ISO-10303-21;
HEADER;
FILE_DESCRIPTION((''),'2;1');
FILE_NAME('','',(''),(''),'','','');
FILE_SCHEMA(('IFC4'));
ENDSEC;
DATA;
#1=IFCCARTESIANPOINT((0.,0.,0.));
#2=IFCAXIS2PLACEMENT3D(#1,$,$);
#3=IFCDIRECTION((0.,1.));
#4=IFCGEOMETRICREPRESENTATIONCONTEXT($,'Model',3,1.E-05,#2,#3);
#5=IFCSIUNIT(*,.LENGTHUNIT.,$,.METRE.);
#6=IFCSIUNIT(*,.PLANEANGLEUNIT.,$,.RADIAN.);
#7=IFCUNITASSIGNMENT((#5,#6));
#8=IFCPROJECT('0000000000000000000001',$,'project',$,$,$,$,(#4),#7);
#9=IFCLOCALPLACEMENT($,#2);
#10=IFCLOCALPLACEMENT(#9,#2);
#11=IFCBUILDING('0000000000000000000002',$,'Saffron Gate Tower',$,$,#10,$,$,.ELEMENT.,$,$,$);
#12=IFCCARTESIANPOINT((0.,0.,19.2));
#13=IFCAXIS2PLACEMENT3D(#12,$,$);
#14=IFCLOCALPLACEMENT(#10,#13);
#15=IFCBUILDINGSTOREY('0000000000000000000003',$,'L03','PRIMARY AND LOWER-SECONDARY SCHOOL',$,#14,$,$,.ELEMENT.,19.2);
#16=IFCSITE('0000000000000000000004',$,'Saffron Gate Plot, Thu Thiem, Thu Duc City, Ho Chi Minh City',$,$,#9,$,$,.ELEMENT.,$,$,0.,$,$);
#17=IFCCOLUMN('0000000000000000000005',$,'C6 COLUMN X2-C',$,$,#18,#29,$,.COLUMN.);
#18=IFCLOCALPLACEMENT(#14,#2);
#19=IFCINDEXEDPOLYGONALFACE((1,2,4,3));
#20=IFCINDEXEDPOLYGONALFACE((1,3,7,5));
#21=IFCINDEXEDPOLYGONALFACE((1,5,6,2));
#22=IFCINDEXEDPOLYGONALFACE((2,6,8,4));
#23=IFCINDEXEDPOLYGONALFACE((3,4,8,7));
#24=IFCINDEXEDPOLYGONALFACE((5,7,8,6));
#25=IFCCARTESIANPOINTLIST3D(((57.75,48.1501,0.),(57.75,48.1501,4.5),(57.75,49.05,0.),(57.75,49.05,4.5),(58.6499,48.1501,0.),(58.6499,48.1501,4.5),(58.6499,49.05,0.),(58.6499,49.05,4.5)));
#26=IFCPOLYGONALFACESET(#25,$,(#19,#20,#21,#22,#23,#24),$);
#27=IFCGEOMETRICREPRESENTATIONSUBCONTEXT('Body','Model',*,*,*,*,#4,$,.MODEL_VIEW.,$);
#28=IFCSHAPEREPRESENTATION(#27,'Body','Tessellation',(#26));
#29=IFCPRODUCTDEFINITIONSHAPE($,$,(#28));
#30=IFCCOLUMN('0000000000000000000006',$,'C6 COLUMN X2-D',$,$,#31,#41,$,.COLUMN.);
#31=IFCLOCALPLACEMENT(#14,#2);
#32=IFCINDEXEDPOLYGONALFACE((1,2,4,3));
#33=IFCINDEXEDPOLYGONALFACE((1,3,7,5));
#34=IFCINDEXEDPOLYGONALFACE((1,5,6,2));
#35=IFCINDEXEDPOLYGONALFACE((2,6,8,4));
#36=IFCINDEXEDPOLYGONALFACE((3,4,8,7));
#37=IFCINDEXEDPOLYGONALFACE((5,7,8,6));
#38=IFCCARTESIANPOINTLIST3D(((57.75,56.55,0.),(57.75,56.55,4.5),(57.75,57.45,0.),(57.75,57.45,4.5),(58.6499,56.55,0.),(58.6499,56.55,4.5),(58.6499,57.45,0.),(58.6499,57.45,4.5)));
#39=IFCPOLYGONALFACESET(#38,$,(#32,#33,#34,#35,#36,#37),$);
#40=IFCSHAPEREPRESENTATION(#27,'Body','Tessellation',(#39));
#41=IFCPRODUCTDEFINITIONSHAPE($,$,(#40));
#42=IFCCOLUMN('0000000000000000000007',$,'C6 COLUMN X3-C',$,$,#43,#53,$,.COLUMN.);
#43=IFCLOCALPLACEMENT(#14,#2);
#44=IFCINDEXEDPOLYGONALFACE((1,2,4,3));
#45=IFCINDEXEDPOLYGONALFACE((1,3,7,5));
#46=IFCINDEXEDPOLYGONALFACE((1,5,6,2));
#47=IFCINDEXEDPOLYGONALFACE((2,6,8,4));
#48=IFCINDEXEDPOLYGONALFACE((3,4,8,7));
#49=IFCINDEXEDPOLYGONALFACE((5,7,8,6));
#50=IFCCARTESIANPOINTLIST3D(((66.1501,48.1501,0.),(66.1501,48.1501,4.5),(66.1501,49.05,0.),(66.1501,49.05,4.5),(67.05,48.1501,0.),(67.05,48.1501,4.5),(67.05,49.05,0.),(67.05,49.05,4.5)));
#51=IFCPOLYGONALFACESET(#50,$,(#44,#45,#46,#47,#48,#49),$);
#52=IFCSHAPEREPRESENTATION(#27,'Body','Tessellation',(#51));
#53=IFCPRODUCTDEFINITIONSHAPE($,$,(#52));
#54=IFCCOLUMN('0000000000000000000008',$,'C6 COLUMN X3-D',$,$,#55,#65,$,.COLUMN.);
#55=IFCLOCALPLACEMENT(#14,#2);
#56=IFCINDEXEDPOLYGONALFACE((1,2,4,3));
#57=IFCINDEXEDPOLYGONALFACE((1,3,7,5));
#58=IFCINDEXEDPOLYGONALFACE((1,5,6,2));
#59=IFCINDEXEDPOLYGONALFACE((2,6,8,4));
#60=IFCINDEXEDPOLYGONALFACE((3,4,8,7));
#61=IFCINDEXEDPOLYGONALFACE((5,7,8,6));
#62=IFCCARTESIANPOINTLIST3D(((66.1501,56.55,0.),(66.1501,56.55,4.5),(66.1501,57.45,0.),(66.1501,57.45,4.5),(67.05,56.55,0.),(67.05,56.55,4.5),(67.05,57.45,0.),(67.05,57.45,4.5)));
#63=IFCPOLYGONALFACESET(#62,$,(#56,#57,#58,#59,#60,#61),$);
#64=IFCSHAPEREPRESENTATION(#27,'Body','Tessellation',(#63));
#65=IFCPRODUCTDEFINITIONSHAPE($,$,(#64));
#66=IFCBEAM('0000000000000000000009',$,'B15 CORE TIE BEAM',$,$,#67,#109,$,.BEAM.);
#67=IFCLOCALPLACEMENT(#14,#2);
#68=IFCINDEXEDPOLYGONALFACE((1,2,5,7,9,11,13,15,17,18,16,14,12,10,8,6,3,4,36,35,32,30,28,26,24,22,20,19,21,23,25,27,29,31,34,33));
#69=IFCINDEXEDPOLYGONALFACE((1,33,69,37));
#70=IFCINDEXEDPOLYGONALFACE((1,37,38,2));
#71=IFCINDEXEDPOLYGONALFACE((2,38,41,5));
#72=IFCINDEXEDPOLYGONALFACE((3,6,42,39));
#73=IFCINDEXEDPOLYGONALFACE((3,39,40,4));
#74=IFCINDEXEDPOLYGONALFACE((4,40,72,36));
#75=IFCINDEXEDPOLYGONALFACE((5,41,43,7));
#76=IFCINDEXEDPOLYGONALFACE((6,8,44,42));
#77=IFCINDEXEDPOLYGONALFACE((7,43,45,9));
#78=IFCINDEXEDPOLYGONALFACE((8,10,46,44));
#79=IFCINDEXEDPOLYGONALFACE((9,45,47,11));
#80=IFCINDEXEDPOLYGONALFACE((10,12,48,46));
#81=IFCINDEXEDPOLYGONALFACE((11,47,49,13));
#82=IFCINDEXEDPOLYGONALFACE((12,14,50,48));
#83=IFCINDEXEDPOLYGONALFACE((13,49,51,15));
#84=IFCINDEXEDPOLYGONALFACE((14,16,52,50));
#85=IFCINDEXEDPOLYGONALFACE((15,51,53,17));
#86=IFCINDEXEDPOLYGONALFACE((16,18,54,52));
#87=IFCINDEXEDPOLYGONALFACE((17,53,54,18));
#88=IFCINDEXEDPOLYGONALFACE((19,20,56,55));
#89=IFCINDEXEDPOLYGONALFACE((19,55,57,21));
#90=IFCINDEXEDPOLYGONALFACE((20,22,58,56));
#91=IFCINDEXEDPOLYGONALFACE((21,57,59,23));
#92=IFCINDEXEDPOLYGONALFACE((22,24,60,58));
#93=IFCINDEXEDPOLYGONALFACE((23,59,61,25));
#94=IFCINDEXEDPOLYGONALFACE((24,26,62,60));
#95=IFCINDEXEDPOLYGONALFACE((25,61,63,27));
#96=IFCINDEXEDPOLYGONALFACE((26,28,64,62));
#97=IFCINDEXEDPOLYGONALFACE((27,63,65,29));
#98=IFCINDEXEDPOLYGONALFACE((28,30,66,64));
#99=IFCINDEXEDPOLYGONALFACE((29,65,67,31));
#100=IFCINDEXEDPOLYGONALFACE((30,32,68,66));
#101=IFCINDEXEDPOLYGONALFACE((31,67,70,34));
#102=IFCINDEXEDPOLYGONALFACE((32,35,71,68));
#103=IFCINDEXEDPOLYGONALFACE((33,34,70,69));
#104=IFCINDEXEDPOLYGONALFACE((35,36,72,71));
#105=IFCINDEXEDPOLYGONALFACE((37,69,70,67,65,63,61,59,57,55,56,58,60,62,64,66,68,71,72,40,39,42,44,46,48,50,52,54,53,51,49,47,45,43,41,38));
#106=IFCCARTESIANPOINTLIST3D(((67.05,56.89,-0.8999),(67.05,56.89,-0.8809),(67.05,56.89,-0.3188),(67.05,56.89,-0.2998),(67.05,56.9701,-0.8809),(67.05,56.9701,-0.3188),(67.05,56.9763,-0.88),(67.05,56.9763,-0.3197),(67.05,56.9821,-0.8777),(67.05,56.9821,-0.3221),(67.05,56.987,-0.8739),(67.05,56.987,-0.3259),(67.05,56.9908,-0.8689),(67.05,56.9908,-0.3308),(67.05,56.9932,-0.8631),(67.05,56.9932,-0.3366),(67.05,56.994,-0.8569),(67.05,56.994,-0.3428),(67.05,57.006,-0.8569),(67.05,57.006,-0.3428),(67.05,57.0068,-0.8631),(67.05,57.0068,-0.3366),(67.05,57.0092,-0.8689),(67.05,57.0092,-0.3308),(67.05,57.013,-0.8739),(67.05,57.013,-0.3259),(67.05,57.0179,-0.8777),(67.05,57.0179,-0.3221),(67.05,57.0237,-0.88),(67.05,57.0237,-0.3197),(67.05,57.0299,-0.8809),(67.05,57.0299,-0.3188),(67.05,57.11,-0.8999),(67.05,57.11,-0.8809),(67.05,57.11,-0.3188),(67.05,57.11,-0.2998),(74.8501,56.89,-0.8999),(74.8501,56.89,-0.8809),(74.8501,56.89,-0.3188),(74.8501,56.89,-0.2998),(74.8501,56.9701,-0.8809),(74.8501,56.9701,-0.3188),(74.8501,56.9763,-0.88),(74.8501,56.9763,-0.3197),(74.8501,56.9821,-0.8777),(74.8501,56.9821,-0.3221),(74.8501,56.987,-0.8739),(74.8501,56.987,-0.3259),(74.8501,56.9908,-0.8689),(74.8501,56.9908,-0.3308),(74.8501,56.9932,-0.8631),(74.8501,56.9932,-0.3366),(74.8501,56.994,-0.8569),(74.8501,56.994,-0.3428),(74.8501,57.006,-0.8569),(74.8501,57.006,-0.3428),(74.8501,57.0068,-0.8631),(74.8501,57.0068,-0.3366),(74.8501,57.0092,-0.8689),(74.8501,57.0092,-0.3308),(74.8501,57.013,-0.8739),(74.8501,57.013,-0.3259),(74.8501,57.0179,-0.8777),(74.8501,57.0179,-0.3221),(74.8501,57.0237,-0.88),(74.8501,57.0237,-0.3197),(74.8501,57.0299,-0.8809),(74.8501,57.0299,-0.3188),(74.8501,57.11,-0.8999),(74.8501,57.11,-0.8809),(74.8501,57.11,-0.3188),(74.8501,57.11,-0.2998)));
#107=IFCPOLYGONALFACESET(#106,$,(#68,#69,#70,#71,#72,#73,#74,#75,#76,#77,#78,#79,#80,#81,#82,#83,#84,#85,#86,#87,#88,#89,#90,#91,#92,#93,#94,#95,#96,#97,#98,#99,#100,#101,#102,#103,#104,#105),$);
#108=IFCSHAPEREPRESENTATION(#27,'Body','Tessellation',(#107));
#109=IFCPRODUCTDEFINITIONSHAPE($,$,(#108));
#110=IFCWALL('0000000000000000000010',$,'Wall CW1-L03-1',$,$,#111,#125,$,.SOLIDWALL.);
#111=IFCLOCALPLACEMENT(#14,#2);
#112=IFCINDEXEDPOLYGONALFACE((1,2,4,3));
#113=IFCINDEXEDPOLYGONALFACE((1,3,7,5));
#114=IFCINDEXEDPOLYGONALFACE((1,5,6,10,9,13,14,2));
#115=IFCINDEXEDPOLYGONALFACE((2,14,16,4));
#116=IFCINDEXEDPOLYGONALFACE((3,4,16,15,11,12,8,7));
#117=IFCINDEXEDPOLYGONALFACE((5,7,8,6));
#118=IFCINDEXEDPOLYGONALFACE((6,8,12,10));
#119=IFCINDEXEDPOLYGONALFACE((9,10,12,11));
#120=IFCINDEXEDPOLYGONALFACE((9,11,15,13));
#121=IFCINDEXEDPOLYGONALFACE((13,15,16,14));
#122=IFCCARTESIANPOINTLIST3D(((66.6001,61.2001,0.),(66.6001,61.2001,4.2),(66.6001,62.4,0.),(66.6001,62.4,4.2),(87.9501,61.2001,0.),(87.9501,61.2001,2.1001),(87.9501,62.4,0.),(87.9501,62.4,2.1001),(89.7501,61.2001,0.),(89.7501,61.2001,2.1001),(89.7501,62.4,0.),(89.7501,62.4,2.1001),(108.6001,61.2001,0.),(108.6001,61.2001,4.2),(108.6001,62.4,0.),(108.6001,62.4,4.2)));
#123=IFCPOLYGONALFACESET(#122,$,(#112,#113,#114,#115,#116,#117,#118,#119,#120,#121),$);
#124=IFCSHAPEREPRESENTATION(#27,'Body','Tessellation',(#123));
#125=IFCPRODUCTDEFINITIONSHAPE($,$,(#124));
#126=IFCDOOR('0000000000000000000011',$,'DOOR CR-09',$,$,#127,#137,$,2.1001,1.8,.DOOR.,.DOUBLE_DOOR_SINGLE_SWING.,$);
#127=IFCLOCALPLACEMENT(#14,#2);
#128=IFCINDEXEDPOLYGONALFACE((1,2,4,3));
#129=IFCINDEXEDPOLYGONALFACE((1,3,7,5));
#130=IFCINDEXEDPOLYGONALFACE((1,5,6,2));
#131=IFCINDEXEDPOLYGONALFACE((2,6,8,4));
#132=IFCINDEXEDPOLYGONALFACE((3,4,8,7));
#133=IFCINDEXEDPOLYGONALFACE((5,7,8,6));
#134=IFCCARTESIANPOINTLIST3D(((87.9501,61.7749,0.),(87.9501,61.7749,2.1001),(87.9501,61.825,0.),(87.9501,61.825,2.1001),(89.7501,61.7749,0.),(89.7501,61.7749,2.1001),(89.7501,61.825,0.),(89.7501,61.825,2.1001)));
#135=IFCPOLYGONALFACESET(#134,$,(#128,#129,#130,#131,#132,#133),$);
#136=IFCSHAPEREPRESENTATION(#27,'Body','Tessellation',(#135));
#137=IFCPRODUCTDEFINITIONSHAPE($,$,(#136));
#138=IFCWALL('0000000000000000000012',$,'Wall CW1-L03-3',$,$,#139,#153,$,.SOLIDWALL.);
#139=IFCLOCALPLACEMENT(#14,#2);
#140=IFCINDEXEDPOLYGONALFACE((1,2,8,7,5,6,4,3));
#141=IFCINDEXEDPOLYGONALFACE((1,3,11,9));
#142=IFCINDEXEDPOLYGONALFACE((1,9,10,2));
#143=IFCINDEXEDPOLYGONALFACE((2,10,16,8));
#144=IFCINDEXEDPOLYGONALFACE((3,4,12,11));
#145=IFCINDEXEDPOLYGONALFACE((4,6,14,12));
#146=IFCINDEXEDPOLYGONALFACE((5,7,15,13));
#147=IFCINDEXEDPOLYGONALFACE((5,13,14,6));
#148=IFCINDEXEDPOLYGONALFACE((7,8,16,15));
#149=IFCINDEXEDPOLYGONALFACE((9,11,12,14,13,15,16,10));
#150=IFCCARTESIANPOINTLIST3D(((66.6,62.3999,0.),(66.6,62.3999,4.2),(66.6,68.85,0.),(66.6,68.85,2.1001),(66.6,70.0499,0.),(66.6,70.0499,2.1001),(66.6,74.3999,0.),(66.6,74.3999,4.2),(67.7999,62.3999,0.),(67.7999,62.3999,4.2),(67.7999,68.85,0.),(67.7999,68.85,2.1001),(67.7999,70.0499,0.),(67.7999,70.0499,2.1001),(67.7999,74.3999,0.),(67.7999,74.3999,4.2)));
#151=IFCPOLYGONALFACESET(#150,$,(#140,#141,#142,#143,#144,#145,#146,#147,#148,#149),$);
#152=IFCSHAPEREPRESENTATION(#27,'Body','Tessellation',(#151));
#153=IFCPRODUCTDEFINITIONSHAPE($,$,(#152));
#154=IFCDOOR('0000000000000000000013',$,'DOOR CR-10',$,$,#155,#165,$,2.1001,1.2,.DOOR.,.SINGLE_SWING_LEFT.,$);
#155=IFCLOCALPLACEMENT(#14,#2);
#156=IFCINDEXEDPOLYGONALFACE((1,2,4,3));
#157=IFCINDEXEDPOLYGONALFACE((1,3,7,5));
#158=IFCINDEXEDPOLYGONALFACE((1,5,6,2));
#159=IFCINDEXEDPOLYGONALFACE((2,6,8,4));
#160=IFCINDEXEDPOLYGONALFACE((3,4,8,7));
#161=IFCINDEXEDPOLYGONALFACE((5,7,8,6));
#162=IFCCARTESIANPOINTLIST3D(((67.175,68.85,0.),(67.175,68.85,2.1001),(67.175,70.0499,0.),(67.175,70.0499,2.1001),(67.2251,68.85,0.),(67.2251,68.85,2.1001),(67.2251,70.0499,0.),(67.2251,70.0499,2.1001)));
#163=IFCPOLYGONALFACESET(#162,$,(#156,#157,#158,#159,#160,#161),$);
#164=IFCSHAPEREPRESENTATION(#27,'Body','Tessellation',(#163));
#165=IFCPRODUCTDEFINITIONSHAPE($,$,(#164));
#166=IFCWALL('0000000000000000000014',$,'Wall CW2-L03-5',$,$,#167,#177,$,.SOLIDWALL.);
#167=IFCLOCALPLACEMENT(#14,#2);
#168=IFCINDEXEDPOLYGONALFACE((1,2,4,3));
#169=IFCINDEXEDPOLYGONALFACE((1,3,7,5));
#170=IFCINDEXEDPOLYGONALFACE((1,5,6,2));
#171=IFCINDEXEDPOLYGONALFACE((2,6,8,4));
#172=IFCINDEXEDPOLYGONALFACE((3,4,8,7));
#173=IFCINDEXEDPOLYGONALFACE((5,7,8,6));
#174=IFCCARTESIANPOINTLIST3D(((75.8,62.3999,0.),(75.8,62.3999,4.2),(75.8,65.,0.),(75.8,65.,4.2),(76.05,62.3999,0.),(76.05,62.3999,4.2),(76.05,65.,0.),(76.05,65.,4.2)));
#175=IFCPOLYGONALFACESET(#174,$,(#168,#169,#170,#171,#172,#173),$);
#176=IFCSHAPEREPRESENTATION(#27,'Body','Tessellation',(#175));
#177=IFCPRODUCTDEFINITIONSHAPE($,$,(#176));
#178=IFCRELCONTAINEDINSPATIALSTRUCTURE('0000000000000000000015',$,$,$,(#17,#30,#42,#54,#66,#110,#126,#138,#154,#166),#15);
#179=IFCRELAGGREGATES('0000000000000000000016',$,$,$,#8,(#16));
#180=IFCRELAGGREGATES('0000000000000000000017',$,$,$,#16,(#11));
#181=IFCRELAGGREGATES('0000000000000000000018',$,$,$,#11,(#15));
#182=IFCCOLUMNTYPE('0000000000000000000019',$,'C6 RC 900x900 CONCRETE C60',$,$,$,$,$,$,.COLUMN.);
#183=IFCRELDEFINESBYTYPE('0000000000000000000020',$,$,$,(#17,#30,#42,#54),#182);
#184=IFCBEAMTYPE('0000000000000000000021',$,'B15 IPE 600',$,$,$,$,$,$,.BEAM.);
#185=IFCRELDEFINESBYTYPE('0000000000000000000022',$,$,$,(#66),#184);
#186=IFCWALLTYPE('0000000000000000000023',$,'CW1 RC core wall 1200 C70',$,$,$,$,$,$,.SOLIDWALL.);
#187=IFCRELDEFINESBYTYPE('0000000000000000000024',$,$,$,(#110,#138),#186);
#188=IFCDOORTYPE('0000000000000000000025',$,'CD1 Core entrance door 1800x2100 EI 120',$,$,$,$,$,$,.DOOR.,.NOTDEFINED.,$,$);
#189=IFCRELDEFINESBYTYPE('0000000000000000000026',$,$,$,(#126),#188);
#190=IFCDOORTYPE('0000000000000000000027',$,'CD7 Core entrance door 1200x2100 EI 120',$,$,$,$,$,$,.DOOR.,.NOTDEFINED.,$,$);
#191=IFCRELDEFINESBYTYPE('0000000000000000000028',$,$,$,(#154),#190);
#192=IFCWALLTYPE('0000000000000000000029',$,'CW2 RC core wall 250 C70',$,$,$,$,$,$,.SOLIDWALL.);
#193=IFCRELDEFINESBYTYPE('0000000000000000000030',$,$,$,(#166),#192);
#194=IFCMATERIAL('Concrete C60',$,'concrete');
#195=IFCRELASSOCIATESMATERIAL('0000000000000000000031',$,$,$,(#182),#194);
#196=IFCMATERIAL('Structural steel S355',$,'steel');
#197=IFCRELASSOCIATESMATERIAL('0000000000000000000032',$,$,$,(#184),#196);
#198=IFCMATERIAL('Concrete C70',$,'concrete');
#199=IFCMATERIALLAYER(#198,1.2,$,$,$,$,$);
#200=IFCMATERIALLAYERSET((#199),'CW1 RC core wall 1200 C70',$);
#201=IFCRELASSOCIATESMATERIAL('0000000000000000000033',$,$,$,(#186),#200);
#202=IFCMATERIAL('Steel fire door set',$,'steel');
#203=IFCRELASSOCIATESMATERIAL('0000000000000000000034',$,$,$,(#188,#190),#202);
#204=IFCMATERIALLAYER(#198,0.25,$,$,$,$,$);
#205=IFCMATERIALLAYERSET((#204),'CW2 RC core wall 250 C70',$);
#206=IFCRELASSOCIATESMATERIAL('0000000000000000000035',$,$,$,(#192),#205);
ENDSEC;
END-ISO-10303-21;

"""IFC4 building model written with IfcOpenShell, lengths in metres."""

from ifc_helpers import new_model, si_unit, direction, frame, frame_2d, origin, origin_2d, place, context, subcontext, project, spatial, rectangle, i_section, extrude, material, layer, layer_set, material_profile, profile_set, type_object, element, fill, save


model = new_model("IFC4")

# Units and contexts
model_context = context("Model", 3, precision=1e-05, world=origin(), true_north=direction((0.0, 1.0)))
body_context = subcontext(model_context, "Body", "Model", "MODEL_VIEW")
ifc_project = project(units=[si_unit("LENGTHUNIT", "METRE"), si_unit("PLANEANGLEUNIT", "RADIAN")], contexts=[model_context])

# Site, building, storey
site_placement = place(None, origin())
site = spatial("IfcSite", under=ifc_project, at=site_placement, Name="Saffron Gate Plot, Thu Thiem, Thu Duc City, Ho Chi Minh City", CompositionType="ELEMENT", RefElevation=0.0)
building_placement = place(site_placement, origin())
building = spatial("IfcBuilding", under=site, at=building_placement, Name="Saffron Gate Tower", CompositionType="ELEMENT")
storey_placement = place(building_placement, frame((0.0, 0.0, 19.2)))
storey = spatial("IfcBuildingStorey", under=building, at=storey_placement, Name="L03", Description="PRIMARY AND LOWER-SECONDARY SCHOOL", CompositionType="ELEMENT", Elevation=19.2)

# Columns
ifc_material_1 = material(Name="Concrete C60", Category="concrete")
ifc_material_profile_1 = material_profile(ifc_material_1, rectangle(XDim=0.8999, YDim=0.8999, at=origin_2d()))
ifc_profile_set_1 = profile_set([ifc_material_profile_1], Name="Concrete C60")
column_type = type_object("IfcColumnType", Name="C6 RC 900x900 CONCRETE C60", PredefinedType="COLUMN", material=ifc_profile_set_1)
for number, where, z_axis, x_axis, name in (
    (1, (58.2, 48.6001, 0.0), (0.0, 0.0, 1.0), (1.0, 0.0, 0.0), "C6 COLUMN X2-C"),
    (2, (58.2, 57.0, 0.0), (0.0, 0.0, 1.0), (1.0, 0.0, 0.0), "C6 COLUMN X2-D"),
    (3, (66.6001, 48.6001, 0.0), (0.0, 0.0, 1.0), (1.0, 0.0, 0.0), "C6 COLUMN X3-C"),
    (4, (66.6001, 57.0, 0.0), (0.0, 0.0, 1.0), (1.0, 0.0, 0.0), "C6 COLUMN X3-D"),
):
    element("IfcColumn", number, at=place(storey_placement, frame(where, z_axis=z_axis, x_axis=x_axis)), inside=storey, type_object=column_type, Name=name, PredefinedType="COLUMN", context=body_context, shape_type="SweptSolid", body=[
        extrude(rectangle(XDim=0.8999, YDim=0.8999, at=origin_2d()), origin(), (0.0, 0.0, 1.0), 4.5),
    ])

# Beam
ifc_material_2 = material(Name="Structural steel S355", Category="steel")
ifc_material_profile_2 = material_profile(ifc_material_2, i_section(OverallWidth=0.22, OverallDepth=0.6001, WebThickness=0.012, FlangeThickness=0.019, FilletRadius=0.0239, at=origin_2d()))
ifc_profile_set_2 = profile_set([ifc_material_profile_2], Name="Structural steel S355")
beam_type = type_object("IfcBeamType", Name="B15 IPE 600", PredefinedType="BEAM", material=ifc_profile_set_2)
beam_placement = place(storey_placement, frame((67.05, 57.0, -0.5999), z_axis=(1.0, 0.0, 0.0), x_axis=(0.0, 1.0, 0.0)))
element("IfcBeam", 5, at=beam_placement, inside=storey, type_object=beam_type, Name="B15 CORE TIE BEAM", PredefinedType="BEAM", context=body_context, shape_type="SweptSolid", body=[
    extrude(i_section(OverallWidth=0.22, OverallDepth=0.6001, WebThickness=0.012, FlangeThickness=0.019, FilletRadius=0.0239, at=origin_2d()), origin(), (0.0, 0.0, 1.0), 7.8),
])

# Walls, openings, doors
ifc_material_3 = material(Name="Concrete C70", Category="concrete")
ifc_layer_1 = layer(ifc_material_3, 1.2)
ifc_layer_set_1 = layer_set([ifc_layer_1], Name="CW1 RC core wall 1200 C70")
wall_type_1 = type_object("IfcWallType", Name="CW1 RC core wall 1200 C70", PredefinedType="SOLIDWALL", material=ifc_layer_set_1)
wall_1_placement = place(storey_placement, frame((66.6001, 61.8, 0.0), z_axis=(0.0, 0.0, 1.0), x_axis=(1.0, 0.0, 0.0)))
wall_1 = element("IfcWall", 6, at=wall_1_placement, inside=storey, type_object=wall_type_1, Name="Wall CW1-L03-1", PredefinedType="SOLIDWALL", context=body_context, shape_type="SweptSolid", body=[
    extrude(rectangle(XDim=42.0, YDim=1.2, at=frame_2d((21.0, 0.0))), origin(), (0.0, 0.0, 1.0), 4.2),
])
opening_1_placement = place(wall_1_placement, frame((21.3501, 0.0, 0.0)))
opening_1 = element("IfcOpeningElement", 7, at=opening_1_placement, cuts=wall_1, PredefinedType="OPENING", context=body_context, shape_type="SweptSolid", body=[
    extrude(rectangle(XDim=1.8, YDim=2.1001, at=frame_2d((0.8999, 1.05))), frame((0.0, 0.6099, 0.0), z_axis=(0.0, -1.0, 0.0), x_axis=(1.0, 0.0, 0.0)), (0.0, 0.0, 1.0), 1.22),
])
ifc_material_4 = material(Name="Steel fire door set", Category="steel")
door_type_1 = type_object("IfcDoorType", Name="CD1 Core entrance door 1800x2100 EI 120", OperationType="NOTDEFINED", PredefinedType="DOOR", material=ifc_material_4)
door_1_placement = place(opening_1_placement, origin())
door_1 = element("IfcDoor", 8, at=door_1_placement, inside=storey, type_object=door_type_1, Name="DOOR CR-09", OperationType="DOUBLE_DOOR_SINGLE_SWING", OverallHeight=2.1001, OverallWidth=1.8, PredefinedType="DOOR", context=body_context, shape_type="SweptSolid", body=[
    extrude(rectangle(XDim=1.8, YDim=2.1001, at=frame_2d((0.8999, 1.05))), frame((0.0, 0.0249, 0.0), z_axis=(0.0, -1.0, 0.0), x_axis=(1.0, 0.0, 0.0)), (0.0, 0.0, 1.0), 0.05),
])
fill(opening_1, door_1)
wall_2_placement = place(storey_placement, frame((67.2, 62.3999, 0.0), z_axis=(0.0, 0.0, 1.0), x_axis=(0.0, 1.0, 0.0)))
wall_2 = element("IfcWall", 9, at=wall_2_placement, inside=storey, type_object=wall_type_1, Name="Wall CW1-L03-3", PredefinedType="SOLIDWALL", context=body_context, shape_type="SweptSolid", body=[
    extrude(rectangle(XDim=12.0, YDim=1.2, at=frame_2d((6.0, 0.0))), origin(), (0.0, 0.0, 1.0), 4.2),
])
opening_2_placement = place(wall_2_placement, frame((6.45, 0.0, 0.0)))
opening_2 = element("IfcOpeningElement", 10, at=opening_2_placement, cuts=wall_2, PredefinedType="OPENING", context=body_context, shape_type="SweptSolid", body=[
    extrude(rectangle(XDim=1.2, YDim=2.1001, at=frame_2d((0.6001, 1.05))), frame((0.0, 0.6099, 0.0), z_axis=(0.0, -1.0, 0.0), x_axis=(1.0, 0.0, 0.0)), (0.0, 0.0, 1.0), 1.22),
])
door_type_2 = type_object("IfcDoorType", Name="CD7 Core entrance door 1200x2100 EI 120", OperationType="NOTDEFINED", PredefinedType="DOOR", material=ifc_material_4)
door_2_placement = place(opening_2_placement, origin())
door_2 = element("IfcDoor", 11, at=door_2_placement, inside=storey, type_object=door_type_2, Name="DOOR CR-10", OperationType="SINGLE_SWING_LEFT", OverallHeight=2.1001, OverallWidth=1.2, PredefinedType="DOOR", context=body_context, shape_type="SweptSolid", body=[
    extrude(rectangle(XDim=1.2, YDim=2.1001, at=frame_2d((0.6001, 1.05))), frame((0.0, 0.0249, 0.0), z_axis=(0.0, -1.0, 0.0), x_axis=(1.0, 0.0, 0.0)), (0.0, 0.0, 1.0), 0.05),
])
fill(opening_2, door_2)

# Wall
ifc_layer_2 = layer(ifc_material_3, 0.25)
ifc_layer_set_2 = layer_set([ifc_layer_2], Name="CW2 RC core wall 250 C70")
wall_type_2 = type_object("IfcWallType", Name="CW2 RC core wall 250 C70", PredefinedType="SOLIDWALL", material=ifc_layer_set_2)
wall_3_placement = place(storey_placement, frame((75.925, 62.3999, 0.0), z_axis=(0.0, 0.0, 1.0), x_axis=(0.0, 1.0, 0.0)))
element("IfcWall", 12, at=wall_3_placement, inside=storey, type_object=wall_type_2, Name="Wall CW2-L03-5", PredefinedType="SOLIDWALL", context=body_context, shape_type="SweptSolid", body=[
    extrude(rectangle(XDim=2.6001, YDim=0.25, at=frame_2d((1.3, 0.0))), origin(), (0.0, 0.0, 1.0), 4.2),
])

save(model, "model.ifc")
